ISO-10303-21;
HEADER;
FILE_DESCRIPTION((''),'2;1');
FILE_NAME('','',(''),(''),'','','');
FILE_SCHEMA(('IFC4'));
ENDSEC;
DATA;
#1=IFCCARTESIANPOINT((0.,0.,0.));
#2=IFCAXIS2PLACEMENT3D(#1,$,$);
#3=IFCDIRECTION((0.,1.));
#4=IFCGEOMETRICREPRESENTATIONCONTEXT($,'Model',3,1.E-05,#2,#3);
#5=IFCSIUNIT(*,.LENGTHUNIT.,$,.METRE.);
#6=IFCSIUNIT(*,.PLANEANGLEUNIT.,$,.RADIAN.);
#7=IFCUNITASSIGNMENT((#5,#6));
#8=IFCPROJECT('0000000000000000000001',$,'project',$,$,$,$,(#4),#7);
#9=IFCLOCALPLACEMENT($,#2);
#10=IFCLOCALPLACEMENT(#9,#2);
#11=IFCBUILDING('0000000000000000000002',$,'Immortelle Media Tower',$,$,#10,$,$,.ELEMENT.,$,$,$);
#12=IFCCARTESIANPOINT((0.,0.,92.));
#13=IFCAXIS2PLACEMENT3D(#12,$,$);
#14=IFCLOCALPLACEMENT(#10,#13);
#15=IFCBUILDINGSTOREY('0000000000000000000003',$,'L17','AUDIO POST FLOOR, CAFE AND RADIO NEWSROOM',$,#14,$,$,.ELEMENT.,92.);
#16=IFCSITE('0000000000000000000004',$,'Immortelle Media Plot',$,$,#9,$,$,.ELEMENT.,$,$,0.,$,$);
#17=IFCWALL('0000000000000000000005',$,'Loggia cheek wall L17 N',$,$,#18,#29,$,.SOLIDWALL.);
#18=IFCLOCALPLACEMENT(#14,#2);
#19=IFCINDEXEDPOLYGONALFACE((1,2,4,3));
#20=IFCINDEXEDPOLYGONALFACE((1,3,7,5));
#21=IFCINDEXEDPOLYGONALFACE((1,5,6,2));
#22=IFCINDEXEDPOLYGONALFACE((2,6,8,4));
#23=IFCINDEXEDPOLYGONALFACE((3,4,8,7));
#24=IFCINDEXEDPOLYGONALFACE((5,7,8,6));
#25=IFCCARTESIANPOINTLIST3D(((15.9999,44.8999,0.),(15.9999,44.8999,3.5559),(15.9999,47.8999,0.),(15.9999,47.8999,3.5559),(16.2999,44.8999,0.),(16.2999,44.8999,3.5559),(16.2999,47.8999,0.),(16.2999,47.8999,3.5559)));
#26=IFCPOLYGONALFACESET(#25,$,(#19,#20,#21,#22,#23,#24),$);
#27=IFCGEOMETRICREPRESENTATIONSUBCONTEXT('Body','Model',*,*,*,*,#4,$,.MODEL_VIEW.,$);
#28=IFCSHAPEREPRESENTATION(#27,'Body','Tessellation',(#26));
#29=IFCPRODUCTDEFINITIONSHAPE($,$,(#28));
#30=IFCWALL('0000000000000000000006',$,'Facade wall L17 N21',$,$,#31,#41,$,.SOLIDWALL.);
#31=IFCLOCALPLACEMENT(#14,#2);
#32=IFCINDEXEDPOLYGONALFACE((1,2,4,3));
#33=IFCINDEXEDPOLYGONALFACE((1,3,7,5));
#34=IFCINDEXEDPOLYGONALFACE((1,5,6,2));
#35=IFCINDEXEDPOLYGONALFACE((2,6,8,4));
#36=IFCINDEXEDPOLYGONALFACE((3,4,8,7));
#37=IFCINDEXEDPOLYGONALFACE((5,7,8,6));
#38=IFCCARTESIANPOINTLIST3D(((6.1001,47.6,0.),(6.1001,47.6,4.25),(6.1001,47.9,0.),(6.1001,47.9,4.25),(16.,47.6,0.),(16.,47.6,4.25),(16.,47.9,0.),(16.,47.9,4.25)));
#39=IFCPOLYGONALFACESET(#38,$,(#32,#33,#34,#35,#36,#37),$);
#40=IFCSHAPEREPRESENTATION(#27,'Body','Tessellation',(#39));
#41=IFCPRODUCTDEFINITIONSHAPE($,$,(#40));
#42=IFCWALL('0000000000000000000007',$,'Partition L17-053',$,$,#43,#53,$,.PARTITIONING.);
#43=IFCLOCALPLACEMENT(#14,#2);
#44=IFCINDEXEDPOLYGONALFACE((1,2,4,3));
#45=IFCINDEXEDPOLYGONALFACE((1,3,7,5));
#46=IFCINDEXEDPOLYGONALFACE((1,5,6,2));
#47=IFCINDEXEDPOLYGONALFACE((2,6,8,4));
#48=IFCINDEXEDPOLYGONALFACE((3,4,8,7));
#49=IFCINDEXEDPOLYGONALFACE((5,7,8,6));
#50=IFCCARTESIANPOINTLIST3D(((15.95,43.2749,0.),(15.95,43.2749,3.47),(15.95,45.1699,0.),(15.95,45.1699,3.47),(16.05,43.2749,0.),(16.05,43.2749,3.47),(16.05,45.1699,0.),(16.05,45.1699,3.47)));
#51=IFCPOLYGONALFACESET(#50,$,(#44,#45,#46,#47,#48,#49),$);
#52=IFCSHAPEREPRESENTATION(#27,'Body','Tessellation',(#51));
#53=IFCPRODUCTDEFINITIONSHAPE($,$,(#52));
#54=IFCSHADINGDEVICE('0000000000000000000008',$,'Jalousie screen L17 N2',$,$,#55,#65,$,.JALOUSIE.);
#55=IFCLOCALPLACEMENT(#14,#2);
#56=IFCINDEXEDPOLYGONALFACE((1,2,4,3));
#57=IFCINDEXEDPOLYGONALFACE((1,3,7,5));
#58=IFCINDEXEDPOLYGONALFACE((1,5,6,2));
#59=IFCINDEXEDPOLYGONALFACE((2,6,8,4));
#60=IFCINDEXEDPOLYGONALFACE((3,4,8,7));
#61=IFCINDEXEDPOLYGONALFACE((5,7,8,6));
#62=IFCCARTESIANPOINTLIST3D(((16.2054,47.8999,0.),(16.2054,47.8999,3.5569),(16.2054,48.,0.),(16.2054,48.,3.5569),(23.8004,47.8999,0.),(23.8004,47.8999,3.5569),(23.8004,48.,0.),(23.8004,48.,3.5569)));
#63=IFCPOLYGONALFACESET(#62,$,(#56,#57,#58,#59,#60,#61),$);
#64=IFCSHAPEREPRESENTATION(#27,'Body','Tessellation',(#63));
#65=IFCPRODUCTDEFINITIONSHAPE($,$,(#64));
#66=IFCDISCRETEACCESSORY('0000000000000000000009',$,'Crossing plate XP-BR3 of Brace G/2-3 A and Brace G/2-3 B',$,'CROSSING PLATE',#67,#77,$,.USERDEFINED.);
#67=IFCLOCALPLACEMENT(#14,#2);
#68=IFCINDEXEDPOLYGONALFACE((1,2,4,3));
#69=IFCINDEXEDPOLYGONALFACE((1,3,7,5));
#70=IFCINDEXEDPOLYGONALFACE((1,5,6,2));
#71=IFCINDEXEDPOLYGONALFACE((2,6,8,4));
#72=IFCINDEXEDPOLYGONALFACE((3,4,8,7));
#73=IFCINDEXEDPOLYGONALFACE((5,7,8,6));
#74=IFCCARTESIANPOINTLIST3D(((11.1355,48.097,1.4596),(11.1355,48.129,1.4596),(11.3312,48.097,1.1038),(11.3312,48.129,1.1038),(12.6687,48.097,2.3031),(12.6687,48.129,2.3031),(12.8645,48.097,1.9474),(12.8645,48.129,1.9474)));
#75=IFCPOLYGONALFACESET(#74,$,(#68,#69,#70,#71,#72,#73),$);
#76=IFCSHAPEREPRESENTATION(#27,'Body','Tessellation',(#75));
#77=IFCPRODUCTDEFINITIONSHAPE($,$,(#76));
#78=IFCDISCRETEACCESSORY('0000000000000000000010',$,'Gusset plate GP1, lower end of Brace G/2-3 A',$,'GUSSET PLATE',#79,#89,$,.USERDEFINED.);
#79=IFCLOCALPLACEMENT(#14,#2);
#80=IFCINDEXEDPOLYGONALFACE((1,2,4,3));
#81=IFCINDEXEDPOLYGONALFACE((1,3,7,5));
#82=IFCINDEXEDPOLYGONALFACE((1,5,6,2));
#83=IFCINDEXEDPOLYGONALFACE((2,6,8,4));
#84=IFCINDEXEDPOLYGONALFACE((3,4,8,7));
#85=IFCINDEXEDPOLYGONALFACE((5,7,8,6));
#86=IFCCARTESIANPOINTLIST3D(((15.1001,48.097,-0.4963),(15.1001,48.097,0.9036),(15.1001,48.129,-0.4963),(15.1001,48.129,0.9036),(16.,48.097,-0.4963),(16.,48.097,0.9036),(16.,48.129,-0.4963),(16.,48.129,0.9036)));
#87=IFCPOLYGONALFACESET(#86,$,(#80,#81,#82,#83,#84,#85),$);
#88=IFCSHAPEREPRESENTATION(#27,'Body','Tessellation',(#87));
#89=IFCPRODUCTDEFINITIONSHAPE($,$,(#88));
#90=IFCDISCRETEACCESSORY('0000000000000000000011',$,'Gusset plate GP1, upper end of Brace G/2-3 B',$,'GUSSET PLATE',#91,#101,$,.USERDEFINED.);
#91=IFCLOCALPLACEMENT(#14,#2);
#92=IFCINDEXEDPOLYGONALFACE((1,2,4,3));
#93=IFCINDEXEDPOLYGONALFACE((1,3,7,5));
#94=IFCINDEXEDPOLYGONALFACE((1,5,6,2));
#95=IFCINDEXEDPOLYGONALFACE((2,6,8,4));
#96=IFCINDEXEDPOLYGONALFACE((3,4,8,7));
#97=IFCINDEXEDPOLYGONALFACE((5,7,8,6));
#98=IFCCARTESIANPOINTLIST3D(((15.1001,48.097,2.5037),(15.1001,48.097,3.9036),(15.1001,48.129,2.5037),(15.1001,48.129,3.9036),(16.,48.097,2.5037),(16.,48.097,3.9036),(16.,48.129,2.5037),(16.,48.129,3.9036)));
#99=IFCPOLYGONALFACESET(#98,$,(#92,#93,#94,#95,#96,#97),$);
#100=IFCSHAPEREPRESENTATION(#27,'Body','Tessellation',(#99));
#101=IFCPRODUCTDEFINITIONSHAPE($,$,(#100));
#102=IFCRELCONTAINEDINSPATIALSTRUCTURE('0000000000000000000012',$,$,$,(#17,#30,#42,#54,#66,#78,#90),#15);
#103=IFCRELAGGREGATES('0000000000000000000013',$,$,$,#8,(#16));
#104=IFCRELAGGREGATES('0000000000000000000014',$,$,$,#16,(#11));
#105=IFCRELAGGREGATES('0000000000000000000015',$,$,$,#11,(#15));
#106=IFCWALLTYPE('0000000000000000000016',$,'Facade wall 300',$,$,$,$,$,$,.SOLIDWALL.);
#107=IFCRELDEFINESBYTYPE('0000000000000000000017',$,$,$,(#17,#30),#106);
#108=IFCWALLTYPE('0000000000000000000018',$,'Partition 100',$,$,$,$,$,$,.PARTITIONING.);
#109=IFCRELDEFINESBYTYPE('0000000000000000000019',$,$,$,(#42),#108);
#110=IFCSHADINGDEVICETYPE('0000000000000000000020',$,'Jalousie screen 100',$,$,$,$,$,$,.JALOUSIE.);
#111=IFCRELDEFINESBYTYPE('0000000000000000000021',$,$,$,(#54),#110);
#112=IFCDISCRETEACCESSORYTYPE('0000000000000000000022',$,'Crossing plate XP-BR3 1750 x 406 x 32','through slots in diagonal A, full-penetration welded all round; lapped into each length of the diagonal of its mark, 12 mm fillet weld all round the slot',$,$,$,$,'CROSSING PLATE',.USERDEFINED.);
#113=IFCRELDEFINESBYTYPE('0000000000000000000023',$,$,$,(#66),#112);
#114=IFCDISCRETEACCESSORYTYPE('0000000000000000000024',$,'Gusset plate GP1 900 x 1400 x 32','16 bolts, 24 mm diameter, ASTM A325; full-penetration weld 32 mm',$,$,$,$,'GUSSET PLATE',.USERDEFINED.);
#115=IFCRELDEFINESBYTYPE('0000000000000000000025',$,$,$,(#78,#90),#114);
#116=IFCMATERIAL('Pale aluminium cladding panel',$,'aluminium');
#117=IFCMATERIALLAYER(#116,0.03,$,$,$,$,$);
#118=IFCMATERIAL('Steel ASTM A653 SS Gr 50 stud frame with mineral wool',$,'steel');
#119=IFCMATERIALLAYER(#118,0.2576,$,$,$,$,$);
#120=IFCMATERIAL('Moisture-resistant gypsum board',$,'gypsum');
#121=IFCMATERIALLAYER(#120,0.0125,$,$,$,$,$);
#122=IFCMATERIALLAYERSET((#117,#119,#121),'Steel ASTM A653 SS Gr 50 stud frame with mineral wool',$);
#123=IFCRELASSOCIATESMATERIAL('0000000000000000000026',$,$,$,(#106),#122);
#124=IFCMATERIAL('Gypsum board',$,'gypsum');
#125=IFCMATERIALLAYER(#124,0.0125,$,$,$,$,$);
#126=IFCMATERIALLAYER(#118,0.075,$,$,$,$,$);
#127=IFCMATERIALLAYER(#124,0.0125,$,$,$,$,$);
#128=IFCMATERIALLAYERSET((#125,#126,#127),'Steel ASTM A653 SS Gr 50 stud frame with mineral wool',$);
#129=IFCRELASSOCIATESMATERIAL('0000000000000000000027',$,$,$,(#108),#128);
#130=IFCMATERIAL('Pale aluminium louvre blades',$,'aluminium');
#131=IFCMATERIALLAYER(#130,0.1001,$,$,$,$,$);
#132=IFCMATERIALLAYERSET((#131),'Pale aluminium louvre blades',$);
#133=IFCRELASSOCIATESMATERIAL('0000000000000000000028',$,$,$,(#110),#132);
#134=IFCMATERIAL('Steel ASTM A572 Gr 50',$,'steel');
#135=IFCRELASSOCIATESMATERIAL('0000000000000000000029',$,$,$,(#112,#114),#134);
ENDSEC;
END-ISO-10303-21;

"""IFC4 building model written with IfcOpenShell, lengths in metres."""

from ifc_helpers import new_model, si_unit, direction, frame, frame_2d, origin, origin_2d, place, context, subcontext, project, spatial, rectangle, extrude, material, layer, layer_set, material_profile, profile_set, type_object, element, save


model = new_model("IFC4")

# Units and contexts
model_context = context("Model", 3, precision=1e-05, world=origin(), true_north=direction((0.0, 1.0)))
body_context = subcontext(model_context, "Body", "Model", "MODEL_VIEW")
ifc_project = project(units=[si_unit("LENGTHUNIT", "METRE"), si_unit("PLANEANGLEUNIT", "RADIAN")], contexts=[model_context])

# Site, building, storey
site_placement = place(None, origin())
site = spatial("IfcSite", under=ifc_project, at=site_placement, Name="Immortelle Media Plot", CompositionType="ELEMENT", RefElevation=0.0)
building_placement = place(site_placement, origin())
building = spatial("IfcBuilding", under=site, at=building_placement, Name="Immortelle Media Tower", CompositionType="ELEMENT")
storey_placement = place(building_placement, frame((0.0, 0.0, 92.0)))
storey = spatial("IfcBuildingStorey", under=building, at=storey_placement, Name="L17", Description="AUDIO POST FLOOR, CAFE AND RADIO NEWSROOM", CompositionType="ELEMENT", Elevation=92.0)

# Walls
ifc_material_1 = material(Name="Pale aluminium cladding panel", Category="aluminium")
ifc_layer_1 = layer(ifc_material_1, 0.03)
ifc_material_2 = material(Name="Steel ASTM A653 SS Gr 50 stud frame with mineral wool", Category="steel")
ifc_layer_2 = layer(ifc_material_2, 0.2576)
ifc_material_3 = material(Name="Moisture-resistant gypsum board", Category="gypsum")
ifc_layer_3 = layer(ifc_material_3, 0.0125)
ifc_layer_set_1 = layer_set([ifc_layer_1, ifc_layer_2, ifc_layer_3], Name="Steel ASTM A653 SS Gr 50 stud frame with mineral wool")
wall_type_1 = type_object("IfcWallType", Name="Facade wall 300", PredefinedType="SOLIDWALL", material=ifc_layer_set_1)
wall_1_placement = place(storey_placement, frame((16.1499, 47.8999, 0.0), z_axis=(0.0, 0.0, 1.0), x_axis=(0.0, -1.0, 0.0)))
element("IfcWall", 1, at=wall_1_placement, inside=storey, type_object=wall_type_1, Name="Loggia cheek wall L17 N", PredefinedType="SOLIDWALL", context=body_context, shape_type="SweptSolid", body=[
    extrude(rectangle(XDim=3.0, YDim=0.3, at=frame_2d((1.5, 0.0))), origin(), (0.0, 0.0, 1.0), 3.5559),
])
wall_2_placement = place(storey_placement, frame((16.0, 47.75, 0.0), z_axis=(0.0, 0.0, 1.0), x_axis=(-1.0, 0.0, 0.0)))
element("IfcWall", 2, at=wall_2_placement, inside=storey, type_object=wall_type_1, Name="Facade wall L17 N21", PredefinedType="SOLIDWALL", context=body_context, shape_type="SweptSolid", body=[
    extrude(rectangle(XDim=9.8999, YDim=0.3, at=frame_2d((4.95, 0.0))), origin(), (0.0, 0.0, 1.0), 4.25),
])
ifc_material_4 = material(Name="Gypsum board", Category="gypsum")
ifc_layer_4 = layer(ifc_material_4, 0.0125)
ifc_layer_5 = layer(ifc_material_2, 0.075)
ifc_layer_6 = layer(ifc_material_4, 0.0125)
ifc_layer_set_2 = layer_set([ifc_layer_4, ifc_layer_5, ifc_layer_6], Name="Steel ASTM A653 SS Gr 50 stud frame with mineral wool")
wall_type_2 = type_object("IfcWallType", Name="Partition 100", PredefinedType="PARTITIONING", material=ifc_layer_set_2)
wall_3_placement = place(storey_placement, frame((16.0, 43.2749, 0.0), z_axis=(0.0, 0.0, 1.0), x_axis=(0.0, 1.0, 0.0)))
element("IfcWall", 3, at=wall_3_placement, inside=storey, type_object=wall_type_2, Name="Partition L17-053", PredefinedType="PARTITIONING", context=body_context, shape_type="SweptSolid", body=[
    extrude(rectangle(XDim=1.895, YDim=0.1001, at=frame_2d((0.9475, 0.0))), origin(), (0.0, 0.0, 1.0), 3.47),
])

# Shading device
ifc_material_5 = material(Name="Pale aluminium louvre blades", Category="aluminium")
ifc_layer_7 = layer(ifc_material_5, 0.1001)
ifc_layer_set_3 = layer_set([ifc_layer_7], Name="Pale aluminium louvre blades")
shading_device_type = type_object("IfcShadingDeviceType", Name="Jalousie screen 100", PredefinedType="JALOUSIE", material=ifc_layer_set_3)
shading_device_placement = place(storey_placement, frame((20.0029, 47.95, 0.0), z_axis=(0.0, 0.0, 1.0), x_axis=(-1.0, 0.0, 0.0)))
element("IfcShadingDevice", 4, at=shading_device_placement, inside=storey, type_object=shading_device_type, Name="Jalousie screen L17 N2", PredefinedType="JALOUSIE", context=body_context, shape_type="SweptSolid", body=[
    extrude(rectangle(XDim=7.595, YDim=0.1001, at=origin_2d()), origin(), (0.0, 0.0, 1.0), 3.5569),
])

# Discrete accessories
ifc_material_6 = material(Name="Steel ASTM A572 Gr 50", Category="steel")
ifc_material_profile_1 = material_profile(ifc_material_6, rectangle(XDim=0.032, YDim=0.406, at=origin_2d()), Name="PL 32 x 406")
ifc_profile_set_1 = profile_set([ifc_material_profile_1], Name="Steel ASTM A572 Gr 50")
discrete_accessory_type_1 = type_object("IfcDiscreteAccessoryType", Name="Crossing plate XP-BR3 1750 x 406 x 32", Description="through slots in diagonal A, full-penetration welded all round; lapped into each length of the diagonal of its mark, 12 mm fillet weld all round the slot", ElementType="CROSSING PLATE", PredefinedType="USERDEFINED", material=ifc_profile_set_1)
discrete_accessory_placement = place(storey_placement, frame((12.7666, 48.113, 2.1252), z_axis=(-0.876157, 0.0, -0.482026), x_axis=(0.0, -1.0, 0.0)))
element("IfcDiscreteAccessory", 5, at=discrete_accessory_placement, inside=storey, type_object=discrete_accessory_type_1, Name="Crossing plate XP-BR3 of Brace G/2-3 A and Brace G/2-3 B", ObjectType="CROSSING PLATE", PredefinedType="USERDEFINED", context=body_context, shape_type="SweptSolid", body=[
    extrude(rectangle(XDim=0.032, YDim=0.406, at=origin_2d()), origin(), (0.0, 0.0, 1.0), 1.75),
])
ifc_material_profile_2 = material_profile(ifc_material_6, rectangle(XDim=0.032, YDim=1.3999, at=origin_2d()), Name="PL 32 x 1400")
ifc_profile_set_2 = profile_set([ifc_material_profile_2], Name="Steel ASTM A572 Gr 50")
discrete_accessory_type_2 = type_object("IfcDiscreteAccessoryType", Name="Gusset plate GP1 900 x 1400 x 32", Description="16 bolts, 24 mm diameter, ASTM A325; full-penetration weld 32 mm", ElementType="GUSSET PLATE", PredefinedType="USERDEFINED", material=ifc_profile_set_2)
for number, where, z_axis, x_axis, name in (
    (6, (16.0, 48.113, 0.2036), (-1.0, 0.0, 0.0), (0.0, -1.0, 0.0), "Gusset plate GP1, lower end of Brace G/2-3 A"),
    (7, (16.0, 48.113, 3.2036), (-1.0, 0.0, 0.0), (0.0, -1.0, 0.0), "Gusset plate GP1, upper end of Brace G/2-3 B"),
):
    element("IfcDiscreteAccessory", number, at=place(storey_placement, frame(where, z_axis=z_axis, x_axis=x_axis)), inside=storey, type_object=discrete_accessory_type_2, Name=name, ObjectType="GUSSET PLATE", PredefinedType="USERDEFINED", context=body_context, shape_type="SweptSolid", body=[
        extrude(rectangle(XDim=0.032, YDim=1.3999, at=origin_2d()), origin(), (0.0, 0.0, 1.0), 0.8999),
    ])

save(model, "model.ifc")
